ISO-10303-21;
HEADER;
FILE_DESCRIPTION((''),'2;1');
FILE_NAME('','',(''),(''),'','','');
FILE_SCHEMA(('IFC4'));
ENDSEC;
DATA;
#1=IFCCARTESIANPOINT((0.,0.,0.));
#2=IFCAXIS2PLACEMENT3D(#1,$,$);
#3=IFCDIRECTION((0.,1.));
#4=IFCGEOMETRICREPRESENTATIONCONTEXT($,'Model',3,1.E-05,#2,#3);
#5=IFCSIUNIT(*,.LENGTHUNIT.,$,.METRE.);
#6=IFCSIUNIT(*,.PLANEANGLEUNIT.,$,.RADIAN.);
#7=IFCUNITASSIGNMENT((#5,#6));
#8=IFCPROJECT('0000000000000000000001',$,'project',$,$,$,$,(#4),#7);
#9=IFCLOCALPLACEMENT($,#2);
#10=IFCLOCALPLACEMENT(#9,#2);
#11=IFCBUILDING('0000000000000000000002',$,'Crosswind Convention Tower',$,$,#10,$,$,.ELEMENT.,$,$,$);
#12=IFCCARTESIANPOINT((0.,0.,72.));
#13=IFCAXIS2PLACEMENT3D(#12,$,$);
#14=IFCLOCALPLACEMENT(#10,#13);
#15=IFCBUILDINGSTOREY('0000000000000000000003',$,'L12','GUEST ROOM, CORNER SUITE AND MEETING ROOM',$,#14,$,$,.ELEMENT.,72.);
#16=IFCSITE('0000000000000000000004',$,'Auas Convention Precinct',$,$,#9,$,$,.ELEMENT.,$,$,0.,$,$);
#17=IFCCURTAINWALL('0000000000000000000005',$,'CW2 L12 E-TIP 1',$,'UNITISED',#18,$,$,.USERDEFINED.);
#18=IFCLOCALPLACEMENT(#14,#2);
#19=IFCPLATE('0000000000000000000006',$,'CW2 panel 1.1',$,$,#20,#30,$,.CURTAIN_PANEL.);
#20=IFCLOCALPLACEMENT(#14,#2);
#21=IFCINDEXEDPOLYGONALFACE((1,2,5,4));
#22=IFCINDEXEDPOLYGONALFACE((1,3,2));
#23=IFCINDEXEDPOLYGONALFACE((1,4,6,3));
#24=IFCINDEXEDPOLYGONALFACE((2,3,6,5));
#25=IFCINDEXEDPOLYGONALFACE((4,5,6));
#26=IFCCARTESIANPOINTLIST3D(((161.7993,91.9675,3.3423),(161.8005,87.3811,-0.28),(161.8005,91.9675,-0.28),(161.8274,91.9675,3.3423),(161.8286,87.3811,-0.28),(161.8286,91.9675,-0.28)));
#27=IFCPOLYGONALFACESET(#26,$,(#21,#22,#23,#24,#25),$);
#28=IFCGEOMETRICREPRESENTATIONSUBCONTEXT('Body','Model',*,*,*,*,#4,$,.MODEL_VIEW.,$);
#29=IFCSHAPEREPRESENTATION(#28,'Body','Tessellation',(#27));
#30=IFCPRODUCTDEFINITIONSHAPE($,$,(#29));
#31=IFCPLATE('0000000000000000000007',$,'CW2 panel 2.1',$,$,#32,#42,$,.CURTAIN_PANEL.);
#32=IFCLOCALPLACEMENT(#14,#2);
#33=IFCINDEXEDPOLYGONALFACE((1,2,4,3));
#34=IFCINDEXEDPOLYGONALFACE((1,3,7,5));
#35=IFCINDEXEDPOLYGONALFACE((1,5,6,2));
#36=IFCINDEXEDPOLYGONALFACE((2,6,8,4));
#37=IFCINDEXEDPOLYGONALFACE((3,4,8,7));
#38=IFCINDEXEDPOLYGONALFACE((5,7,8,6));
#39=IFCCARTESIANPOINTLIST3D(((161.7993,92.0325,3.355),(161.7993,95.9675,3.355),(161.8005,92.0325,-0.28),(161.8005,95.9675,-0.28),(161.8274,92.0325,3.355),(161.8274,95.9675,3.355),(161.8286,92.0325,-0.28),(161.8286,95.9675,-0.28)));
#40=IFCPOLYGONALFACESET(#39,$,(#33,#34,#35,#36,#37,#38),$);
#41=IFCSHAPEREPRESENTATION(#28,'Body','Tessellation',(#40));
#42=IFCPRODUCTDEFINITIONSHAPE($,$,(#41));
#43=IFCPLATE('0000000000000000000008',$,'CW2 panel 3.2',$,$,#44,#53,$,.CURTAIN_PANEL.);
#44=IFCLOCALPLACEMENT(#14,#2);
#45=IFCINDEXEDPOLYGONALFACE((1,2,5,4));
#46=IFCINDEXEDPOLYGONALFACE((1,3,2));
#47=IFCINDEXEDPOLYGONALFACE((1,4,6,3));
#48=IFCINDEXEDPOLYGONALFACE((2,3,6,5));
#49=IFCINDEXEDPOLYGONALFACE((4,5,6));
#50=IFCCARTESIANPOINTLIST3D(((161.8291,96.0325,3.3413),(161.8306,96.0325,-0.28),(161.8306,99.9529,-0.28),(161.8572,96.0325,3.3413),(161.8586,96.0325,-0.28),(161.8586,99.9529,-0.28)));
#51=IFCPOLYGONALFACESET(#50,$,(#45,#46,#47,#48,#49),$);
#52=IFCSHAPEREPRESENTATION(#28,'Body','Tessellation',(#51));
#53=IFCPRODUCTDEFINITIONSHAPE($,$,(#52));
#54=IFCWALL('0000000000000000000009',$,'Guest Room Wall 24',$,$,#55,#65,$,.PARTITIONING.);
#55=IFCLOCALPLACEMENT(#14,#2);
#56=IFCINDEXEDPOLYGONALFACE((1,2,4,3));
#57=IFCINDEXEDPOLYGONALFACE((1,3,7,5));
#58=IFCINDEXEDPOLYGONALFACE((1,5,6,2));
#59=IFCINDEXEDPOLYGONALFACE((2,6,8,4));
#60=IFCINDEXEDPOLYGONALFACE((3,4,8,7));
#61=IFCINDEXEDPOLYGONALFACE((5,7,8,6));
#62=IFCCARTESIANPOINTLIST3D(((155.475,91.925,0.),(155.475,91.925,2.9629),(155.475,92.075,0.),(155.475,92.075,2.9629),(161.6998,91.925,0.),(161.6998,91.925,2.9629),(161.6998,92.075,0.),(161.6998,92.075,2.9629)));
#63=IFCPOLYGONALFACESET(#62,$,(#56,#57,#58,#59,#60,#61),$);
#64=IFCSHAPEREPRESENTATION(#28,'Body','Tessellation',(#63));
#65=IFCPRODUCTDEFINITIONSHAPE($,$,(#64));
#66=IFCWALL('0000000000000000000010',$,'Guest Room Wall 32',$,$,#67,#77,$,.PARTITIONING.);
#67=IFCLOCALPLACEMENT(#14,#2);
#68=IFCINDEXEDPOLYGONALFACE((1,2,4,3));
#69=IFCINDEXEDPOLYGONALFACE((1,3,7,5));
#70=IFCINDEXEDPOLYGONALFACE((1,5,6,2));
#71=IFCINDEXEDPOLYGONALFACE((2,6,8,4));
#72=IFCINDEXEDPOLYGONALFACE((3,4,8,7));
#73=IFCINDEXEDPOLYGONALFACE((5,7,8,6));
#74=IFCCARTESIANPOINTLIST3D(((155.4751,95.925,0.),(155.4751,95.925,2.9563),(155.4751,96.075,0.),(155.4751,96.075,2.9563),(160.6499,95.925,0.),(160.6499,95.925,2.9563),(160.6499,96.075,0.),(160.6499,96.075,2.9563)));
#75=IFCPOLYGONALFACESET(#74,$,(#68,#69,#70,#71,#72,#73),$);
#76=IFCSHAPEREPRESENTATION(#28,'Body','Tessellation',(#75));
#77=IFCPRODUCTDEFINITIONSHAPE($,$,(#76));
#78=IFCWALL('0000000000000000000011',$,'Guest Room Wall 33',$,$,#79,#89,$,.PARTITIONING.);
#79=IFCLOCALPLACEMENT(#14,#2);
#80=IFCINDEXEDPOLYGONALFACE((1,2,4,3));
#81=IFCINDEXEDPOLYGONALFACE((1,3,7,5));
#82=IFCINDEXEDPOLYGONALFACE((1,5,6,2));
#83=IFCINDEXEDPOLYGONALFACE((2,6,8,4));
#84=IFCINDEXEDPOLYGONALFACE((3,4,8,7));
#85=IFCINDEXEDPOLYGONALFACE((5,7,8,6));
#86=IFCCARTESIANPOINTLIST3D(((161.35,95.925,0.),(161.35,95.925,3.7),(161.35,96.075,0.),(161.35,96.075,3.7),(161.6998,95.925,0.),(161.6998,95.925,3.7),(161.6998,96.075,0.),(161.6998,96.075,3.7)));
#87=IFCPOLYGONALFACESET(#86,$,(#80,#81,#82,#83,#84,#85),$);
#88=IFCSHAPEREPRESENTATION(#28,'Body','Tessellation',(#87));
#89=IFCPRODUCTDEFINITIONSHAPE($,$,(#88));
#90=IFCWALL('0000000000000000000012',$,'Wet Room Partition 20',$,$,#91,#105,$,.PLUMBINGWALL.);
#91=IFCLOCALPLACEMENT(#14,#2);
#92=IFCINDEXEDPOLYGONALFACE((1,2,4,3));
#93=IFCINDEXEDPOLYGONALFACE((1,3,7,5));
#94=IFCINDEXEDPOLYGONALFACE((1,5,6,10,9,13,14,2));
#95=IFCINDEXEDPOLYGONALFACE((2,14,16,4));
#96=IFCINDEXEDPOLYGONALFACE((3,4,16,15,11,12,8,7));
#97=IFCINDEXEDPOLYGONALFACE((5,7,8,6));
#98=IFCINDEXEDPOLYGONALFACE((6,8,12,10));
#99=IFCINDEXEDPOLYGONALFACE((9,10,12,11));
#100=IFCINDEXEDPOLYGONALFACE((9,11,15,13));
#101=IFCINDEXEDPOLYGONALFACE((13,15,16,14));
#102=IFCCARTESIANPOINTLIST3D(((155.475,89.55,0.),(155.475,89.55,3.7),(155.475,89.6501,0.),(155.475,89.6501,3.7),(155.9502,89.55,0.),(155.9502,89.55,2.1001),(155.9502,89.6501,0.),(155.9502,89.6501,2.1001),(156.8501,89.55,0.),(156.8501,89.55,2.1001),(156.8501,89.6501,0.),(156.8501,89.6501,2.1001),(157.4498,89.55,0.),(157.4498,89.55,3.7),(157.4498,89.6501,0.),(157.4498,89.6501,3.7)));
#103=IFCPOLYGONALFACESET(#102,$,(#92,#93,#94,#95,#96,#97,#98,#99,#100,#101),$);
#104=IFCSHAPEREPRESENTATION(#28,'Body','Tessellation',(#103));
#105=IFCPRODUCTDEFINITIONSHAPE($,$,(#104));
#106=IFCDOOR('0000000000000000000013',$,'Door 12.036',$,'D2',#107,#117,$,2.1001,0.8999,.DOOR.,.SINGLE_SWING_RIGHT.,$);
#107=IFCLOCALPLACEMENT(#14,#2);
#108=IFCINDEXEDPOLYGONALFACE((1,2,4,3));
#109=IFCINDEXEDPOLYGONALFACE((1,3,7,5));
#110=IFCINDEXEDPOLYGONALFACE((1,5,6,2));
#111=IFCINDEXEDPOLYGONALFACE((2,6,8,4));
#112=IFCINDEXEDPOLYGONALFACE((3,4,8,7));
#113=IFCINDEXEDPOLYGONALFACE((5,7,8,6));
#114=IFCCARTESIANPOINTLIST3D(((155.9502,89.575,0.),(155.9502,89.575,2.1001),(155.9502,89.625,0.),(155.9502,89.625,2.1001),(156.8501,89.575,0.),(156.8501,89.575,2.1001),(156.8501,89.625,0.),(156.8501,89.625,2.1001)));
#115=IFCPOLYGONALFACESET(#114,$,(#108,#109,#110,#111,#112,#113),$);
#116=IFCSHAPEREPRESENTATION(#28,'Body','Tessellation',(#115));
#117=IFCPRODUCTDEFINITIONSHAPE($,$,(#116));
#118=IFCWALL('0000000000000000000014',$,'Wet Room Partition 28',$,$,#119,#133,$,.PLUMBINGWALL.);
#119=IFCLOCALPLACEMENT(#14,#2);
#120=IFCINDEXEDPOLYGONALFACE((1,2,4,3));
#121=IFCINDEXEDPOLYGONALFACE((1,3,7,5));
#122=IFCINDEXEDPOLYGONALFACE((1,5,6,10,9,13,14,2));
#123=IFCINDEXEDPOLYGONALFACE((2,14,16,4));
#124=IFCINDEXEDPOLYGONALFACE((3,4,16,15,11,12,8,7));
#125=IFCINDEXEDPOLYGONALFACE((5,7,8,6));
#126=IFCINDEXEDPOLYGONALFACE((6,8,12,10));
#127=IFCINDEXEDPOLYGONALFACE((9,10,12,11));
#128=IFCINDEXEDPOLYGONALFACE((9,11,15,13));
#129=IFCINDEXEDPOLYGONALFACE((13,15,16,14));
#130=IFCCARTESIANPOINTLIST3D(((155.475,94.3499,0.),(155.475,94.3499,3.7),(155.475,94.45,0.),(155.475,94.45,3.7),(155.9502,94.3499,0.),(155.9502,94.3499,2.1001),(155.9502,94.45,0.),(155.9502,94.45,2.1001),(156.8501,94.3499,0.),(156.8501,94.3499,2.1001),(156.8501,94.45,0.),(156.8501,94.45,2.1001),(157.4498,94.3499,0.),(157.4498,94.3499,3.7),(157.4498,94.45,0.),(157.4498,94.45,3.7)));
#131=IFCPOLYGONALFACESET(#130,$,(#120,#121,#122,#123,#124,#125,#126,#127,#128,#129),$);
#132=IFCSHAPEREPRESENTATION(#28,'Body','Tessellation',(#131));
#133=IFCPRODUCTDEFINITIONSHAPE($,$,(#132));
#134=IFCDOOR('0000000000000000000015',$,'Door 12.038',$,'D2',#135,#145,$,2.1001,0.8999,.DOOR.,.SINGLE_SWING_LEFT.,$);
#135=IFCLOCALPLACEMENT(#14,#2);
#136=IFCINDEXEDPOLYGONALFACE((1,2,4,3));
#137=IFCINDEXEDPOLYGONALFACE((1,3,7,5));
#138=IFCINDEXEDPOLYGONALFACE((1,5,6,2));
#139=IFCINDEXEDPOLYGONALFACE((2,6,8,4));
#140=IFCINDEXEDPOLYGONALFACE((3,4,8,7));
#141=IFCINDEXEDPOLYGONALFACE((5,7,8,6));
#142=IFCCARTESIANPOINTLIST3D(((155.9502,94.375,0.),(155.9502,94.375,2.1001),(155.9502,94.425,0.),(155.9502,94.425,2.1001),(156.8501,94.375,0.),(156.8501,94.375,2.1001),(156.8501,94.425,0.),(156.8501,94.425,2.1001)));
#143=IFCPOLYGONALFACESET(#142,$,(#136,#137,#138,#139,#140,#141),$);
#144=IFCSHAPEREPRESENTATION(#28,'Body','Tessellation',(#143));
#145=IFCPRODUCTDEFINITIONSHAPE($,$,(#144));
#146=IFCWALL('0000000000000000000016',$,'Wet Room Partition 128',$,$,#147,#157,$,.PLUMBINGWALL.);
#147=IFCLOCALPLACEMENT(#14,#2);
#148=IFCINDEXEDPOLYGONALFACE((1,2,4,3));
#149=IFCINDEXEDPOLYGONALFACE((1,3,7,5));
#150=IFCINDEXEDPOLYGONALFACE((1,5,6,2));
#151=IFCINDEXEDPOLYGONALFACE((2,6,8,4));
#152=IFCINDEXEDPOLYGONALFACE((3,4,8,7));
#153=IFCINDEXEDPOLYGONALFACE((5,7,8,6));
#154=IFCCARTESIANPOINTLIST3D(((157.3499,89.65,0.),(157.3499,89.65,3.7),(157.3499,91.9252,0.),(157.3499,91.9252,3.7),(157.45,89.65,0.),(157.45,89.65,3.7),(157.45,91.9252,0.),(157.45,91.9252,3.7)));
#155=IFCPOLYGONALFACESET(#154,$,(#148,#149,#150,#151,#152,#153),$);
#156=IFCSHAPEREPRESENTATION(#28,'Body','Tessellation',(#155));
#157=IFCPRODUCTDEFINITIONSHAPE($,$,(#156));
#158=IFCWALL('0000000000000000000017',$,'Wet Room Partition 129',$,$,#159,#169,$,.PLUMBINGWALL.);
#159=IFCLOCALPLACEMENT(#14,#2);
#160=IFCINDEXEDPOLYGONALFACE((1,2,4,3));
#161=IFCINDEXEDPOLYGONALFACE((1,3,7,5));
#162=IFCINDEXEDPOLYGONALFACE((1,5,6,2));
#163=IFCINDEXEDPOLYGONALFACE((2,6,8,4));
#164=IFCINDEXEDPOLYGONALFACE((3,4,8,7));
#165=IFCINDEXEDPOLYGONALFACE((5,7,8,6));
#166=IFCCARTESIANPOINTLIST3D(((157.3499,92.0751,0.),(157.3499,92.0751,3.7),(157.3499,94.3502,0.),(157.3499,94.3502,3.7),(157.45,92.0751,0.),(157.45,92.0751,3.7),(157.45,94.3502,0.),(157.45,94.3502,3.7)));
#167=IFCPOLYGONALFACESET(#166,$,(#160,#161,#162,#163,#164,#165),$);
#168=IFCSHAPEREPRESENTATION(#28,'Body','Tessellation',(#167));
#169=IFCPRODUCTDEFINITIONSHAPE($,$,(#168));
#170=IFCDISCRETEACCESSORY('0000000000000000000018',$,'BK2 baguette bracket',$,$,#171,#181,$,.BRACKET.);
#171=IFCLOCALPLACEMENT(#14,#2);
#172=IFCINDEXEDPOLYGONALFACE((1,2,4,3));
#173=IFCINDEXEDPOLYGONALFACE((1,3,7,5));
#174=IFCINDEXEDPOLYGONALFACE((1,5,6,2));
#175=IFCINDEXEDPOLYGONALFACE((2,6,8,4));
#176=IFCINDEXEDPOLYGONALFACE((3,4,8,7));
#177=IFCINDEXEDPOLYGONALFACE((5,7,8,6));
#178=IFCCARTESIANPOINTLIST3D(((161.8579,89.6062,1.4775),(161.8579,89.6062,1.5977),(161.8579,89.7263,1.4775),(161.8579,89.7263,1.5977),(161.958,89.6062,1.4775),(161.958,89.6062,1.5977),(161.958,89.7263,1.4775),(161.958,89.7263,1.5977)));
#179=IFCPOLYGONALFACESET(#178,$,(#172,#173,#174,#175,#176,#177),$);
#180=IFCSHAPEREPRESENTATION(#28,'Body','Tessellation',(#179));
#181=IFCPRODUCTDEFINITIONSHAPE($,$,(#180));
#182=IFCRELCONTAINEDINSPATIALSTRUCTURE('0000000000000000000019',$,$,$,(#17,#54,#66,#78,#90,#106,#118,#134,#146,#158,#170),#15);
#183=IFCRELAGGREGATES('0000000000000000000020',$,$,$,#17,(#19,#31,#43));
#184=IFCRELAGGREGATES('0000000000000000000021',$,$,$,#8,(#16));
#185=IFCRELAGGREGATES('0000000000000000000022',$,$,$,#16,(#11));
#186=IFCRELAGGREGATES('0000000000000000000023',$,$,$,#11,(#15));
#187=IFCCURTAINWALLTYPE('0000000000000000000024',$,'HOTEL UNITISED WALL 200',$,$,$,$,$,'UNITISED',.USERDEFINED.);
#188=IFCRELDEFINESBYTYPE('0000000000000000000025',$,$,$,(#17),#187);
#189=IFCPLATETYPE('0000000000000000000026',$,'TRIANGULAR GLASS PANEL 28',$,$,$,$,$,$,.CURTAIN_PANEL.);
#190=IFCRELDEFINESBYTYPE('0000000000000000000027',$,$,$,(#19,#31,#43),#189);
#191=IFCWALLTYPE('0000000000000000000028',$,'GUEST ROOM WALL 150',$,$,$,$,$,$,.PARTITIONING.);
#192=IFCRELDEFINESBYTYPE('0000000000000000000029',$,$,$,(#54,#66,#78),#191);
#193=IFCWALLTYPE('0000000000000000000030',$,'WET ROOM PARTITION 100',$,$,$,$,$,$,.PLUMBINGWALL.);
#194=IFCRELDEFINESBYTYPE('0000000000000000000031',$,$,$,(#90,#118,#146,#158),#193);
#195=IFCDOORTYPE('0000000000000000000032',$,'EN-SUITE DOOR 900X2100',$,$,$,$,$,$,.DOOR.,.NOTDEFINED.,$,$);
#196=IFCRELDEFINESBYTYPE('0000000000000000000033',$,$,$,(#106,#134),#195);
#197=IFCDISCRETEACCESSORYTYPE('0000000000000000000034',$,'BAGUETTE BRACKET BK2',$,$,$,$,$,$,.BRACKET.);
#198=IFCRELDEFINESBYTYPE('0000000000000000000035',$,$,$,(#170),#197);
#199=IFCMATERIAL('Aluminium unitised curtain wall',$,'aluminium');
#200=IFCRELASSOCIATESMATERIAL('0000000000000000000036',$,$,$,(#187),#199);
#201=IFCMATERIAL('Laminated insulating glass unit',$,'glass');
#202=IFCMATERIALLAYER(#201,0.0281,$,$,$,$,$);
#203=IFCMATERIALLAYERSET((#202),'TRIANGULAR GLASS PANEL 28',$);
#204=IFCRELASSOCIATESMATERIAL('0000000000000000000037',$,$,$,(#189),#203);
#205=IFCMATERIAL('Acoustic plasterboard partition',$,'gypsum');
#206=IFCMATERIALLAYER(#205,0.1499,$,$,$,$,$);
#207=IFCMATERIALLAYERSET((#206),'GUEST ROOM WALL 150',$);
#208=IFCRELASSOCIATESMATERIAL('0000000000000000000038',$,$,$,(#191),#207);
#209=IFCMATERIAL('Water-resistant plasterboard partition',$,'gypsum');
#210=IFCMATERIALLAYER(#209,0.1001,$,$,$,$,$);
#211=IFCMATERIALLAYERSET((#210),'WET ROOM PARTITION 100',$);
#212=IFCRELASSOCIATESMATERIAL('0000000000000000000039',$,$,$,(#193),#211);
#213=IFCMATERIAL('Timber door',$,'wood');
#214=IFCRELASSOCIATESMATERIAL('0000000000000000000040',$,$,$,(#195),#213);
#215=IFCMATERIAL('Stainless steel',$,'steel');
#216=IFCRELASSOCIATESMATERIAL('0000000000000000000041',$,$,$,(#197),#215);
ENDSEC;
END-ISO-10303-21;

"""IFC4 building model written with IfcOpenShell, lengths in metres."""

from ifc_helpers import new_model, si_unit, direction, frame, frame_2d, origin, origin_2d, place, context, subcontext, project, spatial, polyline, rectangle, outline, extrude, material, layer, layer_set, type_object, element, fill, aggregate, save


model = new_model("IFC4")

# Units and contexts
model_context = context("Model", 3, precision=1e-05, world=origin(), true_north=direction((0.0, 1.0)))
body_context = subcontext(model_context, "Body", "Model", "MODEL_VIEW")
ifc_project = project(units=[si_unit("LENGTHUNIT", "METRE"), si_unit("PLANEANGLEUNIT", "RADIAN")], contexts=[model_context])

# Site, building, storey
site_placement = place(None, origin())
site = spatial("IfcSite", under=ifc_project, at=site_placement, Name="Auas Convention Precinct", CompositionType="ELEMENT", RefElevation=0.0)
building_placement = place(site_placement, origin())
building = spatial("IfcBuilding", under=site, at=building_placement, Name="Crosswind Convention Tower", CompositionType="ELEMENT")
storey_placement = place(building_placement, frame((0.0, 0.0, 72.0)))
storey = spatial("IfcBuildingStorey", under=building, at=storey_placement, Name="L12", Description="GUEST ROOM, CORNER SUITE AND MEETING ROOM", CompositionType="ELEMENT", Elevation=72.0)

# Curtain wall, plates
ifc_material_1 = material(Name="Aluminium unitised curtain wall", Category="aluminium")
curtain_wall_type = type_object("IfcCurtainWallType", Name="HOTEL UNITISED WALL 200", ElementType="UNITISED", PredefinedType="USERDEFINED", material=ifc_material_1)
curtain_wall_placement = place(storey_placement, origin())
curtain_wall = element("IfcCurtainWall", 1, at=curtain_wall_placement, inside=storey, type_object=curtain_wall_type, Name="CW2 L12 E-TIP 1", ObjectType="UNITISED", PredefinedType="USERDEFINED")
ifc_material_2 = material(Name="Laminated insulating glass unit", Category="glass")
ifc_layer_1 = layer(ifc_material_2, 0.0281)
ifc_layer_set_1 = layer_set([ifc_layer_1], Name="TRIANGULAR GLASS PANEL 28")
plate_type = type_object("IfcPlateType", Name="TRIANGULAR GLASS PANEL 28", PredefinedType="CURTAIN_PANEL", material=ifc_layer_set_1)
plate_1_placement = place(storey_placement, frame((161.8286, 91.9675, -0.28), z_axis=(1.0, 0.0, 0.000337), x_axis=(-0.000337, 0.0, 1.0)))
plate_1 = element("IfcPlate", 2, at=plate_1_placement, type_object=plate_type, Name="CW2 panel 1.1", PredefinedType="CURTAIN_PANEL", context=body_context, shape_type="SweptSolid", body=[
    extrude(outline(polyline([(0.0, 0.0), (3.6223, 0.0), (0.0, 4.5864), (0.0, 0.0)])), origin(), (0.0, 0.0, -1.0), 0.0281),
])
plate_2_placement = place(storey_placement, frame((161.8286, 92.0325, -0.28), z_axis=(1.0, 0.0, 0.000336), x_axis=(0.0, 1.0, 0.0)))
plate_2 = element("IfcPlate", 3, at=plate_2_placement, type_object=plate_type, Name="CW2 panel 2.1", PredefinedType="CURTAIN_PANEL", context=body_context, shape_type="SweptSolid", body=[
    extrude(outline(polyline([(0.0, 0.0), (3.9351, 0.0), (3.9351, 3.635), (0.0, 3.635), (0.0, 0.0)])), origin(), (0.0, 0.0, -1.0), 0.0281),
])
plate_3_placement = place(storey_placement, frame((161.8586, 96.0325, -0.28), z_axis=(1.0, 0.0, 0.000405), x_axis=(0.0, 1.0, 0.0)))
plate_3 = element("IfcPlate", 4, at=plate_3_placement, type_object=plate_type, Name="CW2 panel 3.2", PredefinedType="CURTAIN_PANEL", context=body_context, shape_type="SweptSolid", body=[
    extrude(outline(polyline([(0.0, 0.0), (3.9204, 0.0), (0.0, 3.6213), (0.0, 0.0)])), origin(), (0.0, 0.0, -1.0), 0.0281),
])
aggregate(curtain_wall, [plate_1, plate_2, plate_3])

# Walls
ifc_material_3 = material(Name="Acoustic plasterboard partition", Category="gypsum")
ifc_layer_2 = layer(ifc_material_3, 0.1499)
ifc_layer_set_2 = layer_set([ifc_layer_2], Name="GUEST ROOM WALL 150")
wall_type_1 = type_object("IfcWallType", Name="GUEST ROOM WALL 150", PredefinedType="PARTITIONING", material=ifc_layer_set_2)
wall_1_placement = place(storey_placement, frame((155.4751, 92.0, 0.0), z_axis=(0.0, 0.0, 1.0), x_axis=(1.0, 0.0, 0.0)))
element("IfcWall", 5, at=wall_1_placement, inside=storey, type_object=wall_type_1, Name="Guest Room Wall 24", PredefinedType="PARTITIONING", context=body_context, shape_type="SweptSolid", body=[
    extrude(rectangle(XDim=6.2249, YDim=0.1499, at=frame_2d((3.1123, 0.0))), origin(), (0.0, 0.0, 1.0), 2.9629),
])
wall_2_placement = place(storey_placement, frame((155.4751, 96.0, 0.0), z_axis=(0.0, 0.0, 1.0), x_axis=(1.0, 0.0, 0.0)))
element("IfcWall", 6, at=wall_2_placement, inside=storey, type_object=wall_type_1, Name="Guest Room Wall 32", PredefinedType="PARTITIONING", context=body_context, shape_type="SweptSolid", body=[
    extrude(rectangle(XDim=5.1748, YDim=0.1499, at=frame_2d((2.5874, 0.0))), origin(), (0.0, 0.0, 1.0), 2.9563),
])
wall_3_placement = place(storey_placement, frame((161.3501, 96.0, 0.0), z_axis=(0.0, 0.0, 1.0), x_axis=(1.0, 0.0, 0.0)))
element("IfcWall", 7, at=wall_3_placement, inside=storey, type_object=wall_type_1, Name="Guest Room Wall 33", PredefinedType="PARTITIONING", context=body_context, shape_type="SweptSolid", body=[
    extrude(rectangle(XDim=0.3499, YDim=0.1499, at=frame_2d((0.1748, 0.0))), origin(), (0.0, 0.0, 1.0), 3.7),
])

# Walls, openings, doors
ifc_material_4 = material(Name="Water-resistant plasterboard partition", Category="gypsum")
ifc_layer_3 = layer(ifc_material_4, 0.1001)
ifc_layer_set_3 = layer_set([ifc_layer_3], Name="WET ROOM PARTITION 100")
wall_type_2 = type_object("IfcWallType", Name="WET ROOM PARTITION 100", PredefinedType="PLUMBINGWALL", material=ifc_layer_set_3)
wall_4_placement = place(storey_placement, frame((155.4751, 89.6001, 0.0), z_axis=(0.0, 0.0, 1.0), x_axis=(1.0, 0.0, 0.0)))
wall_4 = element("IfcWall", 8, at=wall_4_placement, inside=storey, type_object=wall_type_2, Name="Wet Room Partition 20", PredefinedType="PLUMBINGWALL", context=body_context, shape_type="SweptSolid", body=[
    extrude(rectangle(XDim=1.9749, YDim=0.1001, at=frame_2d((0.9873, 0.0))), origin(), (0.0, 0.0, 1.0), 3.7),
])
opening_1_placement = place(wall_4_placement, frame((0.4751, 0.0, 0.0)))
opening_1 = element("IfcOpeningElement", 9, at=opening_1_placement, cuts=wall_4, PredefinedType="OPENING", context=body_context, shape_type="SweptSolid", body=[
    extrude(rectangle(XDim=0.8999, YDim=2.1001, at=frame_2d((0.45, 1.05))), frame((0.0, 0.0601, 0.0), z_axis=(0.0, -1.0, 0.0), x_axis=(1.0, 0.0, 0.0)), (0.0, 0.0, 1.0), 0.1201),
])
ifc_material_5 = material(Name="Timber door", Category="wood")
door_type = type_object("IfcDoorType", Name="EN-SUITE DOOR 900X2100", OperationType="NOTDEFINED", PredefinedType="DOOR", material=ifc_material_5)
door_1_placement = place(opening_1_placement, origin())
door_1 = element("IfcDoor", 10, at=door_1_placement, inside=storey, type_object=door_type, Name="Door 12.036", ObjectType="D2", OperationType="SINGLE_SWING_RIGHT", OverallHeight=2.1001, OverallWidth=0.8999, PredefinedType="DOOR", context=body_context, shape_type="SweptSolid", body=[
    extrude(rectangle(XDim=0.8999, YDim=2.1001, at=frame_2d((0.45, 1.05))), frame((0.0, 0.0249, 0.0), z_axis=(0.0, -1.0, 0.0), x_axis=(1.0, 0.0, 0.0)), (0.0, 0.0, 1.0), 0.05),
])
fill(opening_1, door_1)
wall_5_placement = place(storey_placement, frame((155.4751, 94.3999, 0.0), z_axis=(0.0, 0.0, 1.0), x_axis=(1.0, 0.0, 0.0)))
wall_5 = element("IfcWall", 11, at=wall_5_placement, inside=storey, type_object=wall_type_2, Name="Wet Room Partition 28", PredefinedType="PLUMBINGWALL", context=body_context, shape_type="SweptSolid", body=[
    extrude(rectangle(XDim=1.9749, YDim=0.1001, at=frame_2d((0.9873, 0.0))), origin(), (0.0, 0.0, 1.0), 3.7),
])
opening_2_placement = place(wall_5_placement, frame((0.4751, 0.0, 0.0)))
opening_2 = element("IfcOpeningElement", 12, at=opening_2_placement, cuts=wall_5, PredefinedType="OPENING", context=body_context, shape_type="SweptSolid", body=[
    extrude(rectangle(XDim=0.8999, YDim=2.1001, at=frame_2d((0.45, 1.05))), frame((0.0, 0.0601, 0.0), z_axis=(0.0, -1.0, 0.0), x_axis=(1.0, 0.0, 0.0)), (0.0, 0.0, 1.0), 0.1201),
])
door_2_placement = place(opening_2_placement, frame((0.8999, 0.0, 0.0), z_axis=(0.0, 0.0, 1.0), x_axis=(-1.0, 0.0, 0.0)))
door_2 = element("IfcDoor", 13, at=door_2_placement, inside=storey, type_object=door_type, Name="Door 12.038", ObjectType="D2", OperationType="SINGLE_SWING_LEFT", OverallHeight=2.1001, OverallWidth=0.8999, PredefinedType="DOOR", context=body_context, shape_type="SweptSolid", body=[
    extrude(rectangle(XDim=0.8999, YDim=2.1001, at=frame_2d((0.45, 1.05))), frame((0.0, 0.0249, 0.0), z_axis=(0.0, -1.0, 0.0), x_axis=(1.0, 0.0, 0.0)), (0.0, 0.0, 1.0), 0.05),
])
fill(opening_2, door_2)

# Walls
for number, where, z_axis, x_axis, name in (
    (14, (157.3999, 89.6499, 0.0), (0.0, 0.0, 1.0), (0.0, 1.0, 0.0), "Wet Room Partition 128"),
    (15, (157.3999, 92.075, 0.0), (0.0, 0.0, 1.0), (0.0, 1.0, 0.0), "Wet Room Partition 129"),
):
    element("IfcWall", number, at=place(storey_placement, frame(where, z_axis=z_axis, x_axis=x_axis)), inside=storey, type_object=wall_type_2, Name=name, PredefinedType="PLUMBINGWALL", context=body_context, shape_type="SweptSolid", body=[
        extrude(rectangle(XDim=2.2751, YDim=0.1001, at=frame_2d((1.1377, 0.0))), origin(), (0.0, 0.0, 1.0), 3.7),
    ])

# Discrete accessory
ifc_material_6 = material(Name="Stainless steel", Category="steel")
discrete_accessory_type = type_object("IfcDiscreteAccessoryType", Name="BAGUETTE BRACKET BK2", PredefinedType="BRACKET", material=ifc_material_6)
discrete_accessory_placement = place(storey_placement, frame((161.908, 89.6663, 1.4775), z_axis=(0.0, 0.0, 1.0), x_axis=(0.0, 1.0, 0.0)))
element("IfcDiscreteAccessory", 16, at=discrete_accessory_placement, inside=storey, type_object=discrete_accessory_type, Name="BK2 baguette bracket", PredefinedType="BRACKET", context=body_context, shape_type="SweptSolid", body=[
    extrude(rectangle(XDim=0.1201, YDim=0.1001, at=origin_2d()), origin(), (0.0, 0.0, 1.0), 0.1201),
])

save(model, "model.ifc")
